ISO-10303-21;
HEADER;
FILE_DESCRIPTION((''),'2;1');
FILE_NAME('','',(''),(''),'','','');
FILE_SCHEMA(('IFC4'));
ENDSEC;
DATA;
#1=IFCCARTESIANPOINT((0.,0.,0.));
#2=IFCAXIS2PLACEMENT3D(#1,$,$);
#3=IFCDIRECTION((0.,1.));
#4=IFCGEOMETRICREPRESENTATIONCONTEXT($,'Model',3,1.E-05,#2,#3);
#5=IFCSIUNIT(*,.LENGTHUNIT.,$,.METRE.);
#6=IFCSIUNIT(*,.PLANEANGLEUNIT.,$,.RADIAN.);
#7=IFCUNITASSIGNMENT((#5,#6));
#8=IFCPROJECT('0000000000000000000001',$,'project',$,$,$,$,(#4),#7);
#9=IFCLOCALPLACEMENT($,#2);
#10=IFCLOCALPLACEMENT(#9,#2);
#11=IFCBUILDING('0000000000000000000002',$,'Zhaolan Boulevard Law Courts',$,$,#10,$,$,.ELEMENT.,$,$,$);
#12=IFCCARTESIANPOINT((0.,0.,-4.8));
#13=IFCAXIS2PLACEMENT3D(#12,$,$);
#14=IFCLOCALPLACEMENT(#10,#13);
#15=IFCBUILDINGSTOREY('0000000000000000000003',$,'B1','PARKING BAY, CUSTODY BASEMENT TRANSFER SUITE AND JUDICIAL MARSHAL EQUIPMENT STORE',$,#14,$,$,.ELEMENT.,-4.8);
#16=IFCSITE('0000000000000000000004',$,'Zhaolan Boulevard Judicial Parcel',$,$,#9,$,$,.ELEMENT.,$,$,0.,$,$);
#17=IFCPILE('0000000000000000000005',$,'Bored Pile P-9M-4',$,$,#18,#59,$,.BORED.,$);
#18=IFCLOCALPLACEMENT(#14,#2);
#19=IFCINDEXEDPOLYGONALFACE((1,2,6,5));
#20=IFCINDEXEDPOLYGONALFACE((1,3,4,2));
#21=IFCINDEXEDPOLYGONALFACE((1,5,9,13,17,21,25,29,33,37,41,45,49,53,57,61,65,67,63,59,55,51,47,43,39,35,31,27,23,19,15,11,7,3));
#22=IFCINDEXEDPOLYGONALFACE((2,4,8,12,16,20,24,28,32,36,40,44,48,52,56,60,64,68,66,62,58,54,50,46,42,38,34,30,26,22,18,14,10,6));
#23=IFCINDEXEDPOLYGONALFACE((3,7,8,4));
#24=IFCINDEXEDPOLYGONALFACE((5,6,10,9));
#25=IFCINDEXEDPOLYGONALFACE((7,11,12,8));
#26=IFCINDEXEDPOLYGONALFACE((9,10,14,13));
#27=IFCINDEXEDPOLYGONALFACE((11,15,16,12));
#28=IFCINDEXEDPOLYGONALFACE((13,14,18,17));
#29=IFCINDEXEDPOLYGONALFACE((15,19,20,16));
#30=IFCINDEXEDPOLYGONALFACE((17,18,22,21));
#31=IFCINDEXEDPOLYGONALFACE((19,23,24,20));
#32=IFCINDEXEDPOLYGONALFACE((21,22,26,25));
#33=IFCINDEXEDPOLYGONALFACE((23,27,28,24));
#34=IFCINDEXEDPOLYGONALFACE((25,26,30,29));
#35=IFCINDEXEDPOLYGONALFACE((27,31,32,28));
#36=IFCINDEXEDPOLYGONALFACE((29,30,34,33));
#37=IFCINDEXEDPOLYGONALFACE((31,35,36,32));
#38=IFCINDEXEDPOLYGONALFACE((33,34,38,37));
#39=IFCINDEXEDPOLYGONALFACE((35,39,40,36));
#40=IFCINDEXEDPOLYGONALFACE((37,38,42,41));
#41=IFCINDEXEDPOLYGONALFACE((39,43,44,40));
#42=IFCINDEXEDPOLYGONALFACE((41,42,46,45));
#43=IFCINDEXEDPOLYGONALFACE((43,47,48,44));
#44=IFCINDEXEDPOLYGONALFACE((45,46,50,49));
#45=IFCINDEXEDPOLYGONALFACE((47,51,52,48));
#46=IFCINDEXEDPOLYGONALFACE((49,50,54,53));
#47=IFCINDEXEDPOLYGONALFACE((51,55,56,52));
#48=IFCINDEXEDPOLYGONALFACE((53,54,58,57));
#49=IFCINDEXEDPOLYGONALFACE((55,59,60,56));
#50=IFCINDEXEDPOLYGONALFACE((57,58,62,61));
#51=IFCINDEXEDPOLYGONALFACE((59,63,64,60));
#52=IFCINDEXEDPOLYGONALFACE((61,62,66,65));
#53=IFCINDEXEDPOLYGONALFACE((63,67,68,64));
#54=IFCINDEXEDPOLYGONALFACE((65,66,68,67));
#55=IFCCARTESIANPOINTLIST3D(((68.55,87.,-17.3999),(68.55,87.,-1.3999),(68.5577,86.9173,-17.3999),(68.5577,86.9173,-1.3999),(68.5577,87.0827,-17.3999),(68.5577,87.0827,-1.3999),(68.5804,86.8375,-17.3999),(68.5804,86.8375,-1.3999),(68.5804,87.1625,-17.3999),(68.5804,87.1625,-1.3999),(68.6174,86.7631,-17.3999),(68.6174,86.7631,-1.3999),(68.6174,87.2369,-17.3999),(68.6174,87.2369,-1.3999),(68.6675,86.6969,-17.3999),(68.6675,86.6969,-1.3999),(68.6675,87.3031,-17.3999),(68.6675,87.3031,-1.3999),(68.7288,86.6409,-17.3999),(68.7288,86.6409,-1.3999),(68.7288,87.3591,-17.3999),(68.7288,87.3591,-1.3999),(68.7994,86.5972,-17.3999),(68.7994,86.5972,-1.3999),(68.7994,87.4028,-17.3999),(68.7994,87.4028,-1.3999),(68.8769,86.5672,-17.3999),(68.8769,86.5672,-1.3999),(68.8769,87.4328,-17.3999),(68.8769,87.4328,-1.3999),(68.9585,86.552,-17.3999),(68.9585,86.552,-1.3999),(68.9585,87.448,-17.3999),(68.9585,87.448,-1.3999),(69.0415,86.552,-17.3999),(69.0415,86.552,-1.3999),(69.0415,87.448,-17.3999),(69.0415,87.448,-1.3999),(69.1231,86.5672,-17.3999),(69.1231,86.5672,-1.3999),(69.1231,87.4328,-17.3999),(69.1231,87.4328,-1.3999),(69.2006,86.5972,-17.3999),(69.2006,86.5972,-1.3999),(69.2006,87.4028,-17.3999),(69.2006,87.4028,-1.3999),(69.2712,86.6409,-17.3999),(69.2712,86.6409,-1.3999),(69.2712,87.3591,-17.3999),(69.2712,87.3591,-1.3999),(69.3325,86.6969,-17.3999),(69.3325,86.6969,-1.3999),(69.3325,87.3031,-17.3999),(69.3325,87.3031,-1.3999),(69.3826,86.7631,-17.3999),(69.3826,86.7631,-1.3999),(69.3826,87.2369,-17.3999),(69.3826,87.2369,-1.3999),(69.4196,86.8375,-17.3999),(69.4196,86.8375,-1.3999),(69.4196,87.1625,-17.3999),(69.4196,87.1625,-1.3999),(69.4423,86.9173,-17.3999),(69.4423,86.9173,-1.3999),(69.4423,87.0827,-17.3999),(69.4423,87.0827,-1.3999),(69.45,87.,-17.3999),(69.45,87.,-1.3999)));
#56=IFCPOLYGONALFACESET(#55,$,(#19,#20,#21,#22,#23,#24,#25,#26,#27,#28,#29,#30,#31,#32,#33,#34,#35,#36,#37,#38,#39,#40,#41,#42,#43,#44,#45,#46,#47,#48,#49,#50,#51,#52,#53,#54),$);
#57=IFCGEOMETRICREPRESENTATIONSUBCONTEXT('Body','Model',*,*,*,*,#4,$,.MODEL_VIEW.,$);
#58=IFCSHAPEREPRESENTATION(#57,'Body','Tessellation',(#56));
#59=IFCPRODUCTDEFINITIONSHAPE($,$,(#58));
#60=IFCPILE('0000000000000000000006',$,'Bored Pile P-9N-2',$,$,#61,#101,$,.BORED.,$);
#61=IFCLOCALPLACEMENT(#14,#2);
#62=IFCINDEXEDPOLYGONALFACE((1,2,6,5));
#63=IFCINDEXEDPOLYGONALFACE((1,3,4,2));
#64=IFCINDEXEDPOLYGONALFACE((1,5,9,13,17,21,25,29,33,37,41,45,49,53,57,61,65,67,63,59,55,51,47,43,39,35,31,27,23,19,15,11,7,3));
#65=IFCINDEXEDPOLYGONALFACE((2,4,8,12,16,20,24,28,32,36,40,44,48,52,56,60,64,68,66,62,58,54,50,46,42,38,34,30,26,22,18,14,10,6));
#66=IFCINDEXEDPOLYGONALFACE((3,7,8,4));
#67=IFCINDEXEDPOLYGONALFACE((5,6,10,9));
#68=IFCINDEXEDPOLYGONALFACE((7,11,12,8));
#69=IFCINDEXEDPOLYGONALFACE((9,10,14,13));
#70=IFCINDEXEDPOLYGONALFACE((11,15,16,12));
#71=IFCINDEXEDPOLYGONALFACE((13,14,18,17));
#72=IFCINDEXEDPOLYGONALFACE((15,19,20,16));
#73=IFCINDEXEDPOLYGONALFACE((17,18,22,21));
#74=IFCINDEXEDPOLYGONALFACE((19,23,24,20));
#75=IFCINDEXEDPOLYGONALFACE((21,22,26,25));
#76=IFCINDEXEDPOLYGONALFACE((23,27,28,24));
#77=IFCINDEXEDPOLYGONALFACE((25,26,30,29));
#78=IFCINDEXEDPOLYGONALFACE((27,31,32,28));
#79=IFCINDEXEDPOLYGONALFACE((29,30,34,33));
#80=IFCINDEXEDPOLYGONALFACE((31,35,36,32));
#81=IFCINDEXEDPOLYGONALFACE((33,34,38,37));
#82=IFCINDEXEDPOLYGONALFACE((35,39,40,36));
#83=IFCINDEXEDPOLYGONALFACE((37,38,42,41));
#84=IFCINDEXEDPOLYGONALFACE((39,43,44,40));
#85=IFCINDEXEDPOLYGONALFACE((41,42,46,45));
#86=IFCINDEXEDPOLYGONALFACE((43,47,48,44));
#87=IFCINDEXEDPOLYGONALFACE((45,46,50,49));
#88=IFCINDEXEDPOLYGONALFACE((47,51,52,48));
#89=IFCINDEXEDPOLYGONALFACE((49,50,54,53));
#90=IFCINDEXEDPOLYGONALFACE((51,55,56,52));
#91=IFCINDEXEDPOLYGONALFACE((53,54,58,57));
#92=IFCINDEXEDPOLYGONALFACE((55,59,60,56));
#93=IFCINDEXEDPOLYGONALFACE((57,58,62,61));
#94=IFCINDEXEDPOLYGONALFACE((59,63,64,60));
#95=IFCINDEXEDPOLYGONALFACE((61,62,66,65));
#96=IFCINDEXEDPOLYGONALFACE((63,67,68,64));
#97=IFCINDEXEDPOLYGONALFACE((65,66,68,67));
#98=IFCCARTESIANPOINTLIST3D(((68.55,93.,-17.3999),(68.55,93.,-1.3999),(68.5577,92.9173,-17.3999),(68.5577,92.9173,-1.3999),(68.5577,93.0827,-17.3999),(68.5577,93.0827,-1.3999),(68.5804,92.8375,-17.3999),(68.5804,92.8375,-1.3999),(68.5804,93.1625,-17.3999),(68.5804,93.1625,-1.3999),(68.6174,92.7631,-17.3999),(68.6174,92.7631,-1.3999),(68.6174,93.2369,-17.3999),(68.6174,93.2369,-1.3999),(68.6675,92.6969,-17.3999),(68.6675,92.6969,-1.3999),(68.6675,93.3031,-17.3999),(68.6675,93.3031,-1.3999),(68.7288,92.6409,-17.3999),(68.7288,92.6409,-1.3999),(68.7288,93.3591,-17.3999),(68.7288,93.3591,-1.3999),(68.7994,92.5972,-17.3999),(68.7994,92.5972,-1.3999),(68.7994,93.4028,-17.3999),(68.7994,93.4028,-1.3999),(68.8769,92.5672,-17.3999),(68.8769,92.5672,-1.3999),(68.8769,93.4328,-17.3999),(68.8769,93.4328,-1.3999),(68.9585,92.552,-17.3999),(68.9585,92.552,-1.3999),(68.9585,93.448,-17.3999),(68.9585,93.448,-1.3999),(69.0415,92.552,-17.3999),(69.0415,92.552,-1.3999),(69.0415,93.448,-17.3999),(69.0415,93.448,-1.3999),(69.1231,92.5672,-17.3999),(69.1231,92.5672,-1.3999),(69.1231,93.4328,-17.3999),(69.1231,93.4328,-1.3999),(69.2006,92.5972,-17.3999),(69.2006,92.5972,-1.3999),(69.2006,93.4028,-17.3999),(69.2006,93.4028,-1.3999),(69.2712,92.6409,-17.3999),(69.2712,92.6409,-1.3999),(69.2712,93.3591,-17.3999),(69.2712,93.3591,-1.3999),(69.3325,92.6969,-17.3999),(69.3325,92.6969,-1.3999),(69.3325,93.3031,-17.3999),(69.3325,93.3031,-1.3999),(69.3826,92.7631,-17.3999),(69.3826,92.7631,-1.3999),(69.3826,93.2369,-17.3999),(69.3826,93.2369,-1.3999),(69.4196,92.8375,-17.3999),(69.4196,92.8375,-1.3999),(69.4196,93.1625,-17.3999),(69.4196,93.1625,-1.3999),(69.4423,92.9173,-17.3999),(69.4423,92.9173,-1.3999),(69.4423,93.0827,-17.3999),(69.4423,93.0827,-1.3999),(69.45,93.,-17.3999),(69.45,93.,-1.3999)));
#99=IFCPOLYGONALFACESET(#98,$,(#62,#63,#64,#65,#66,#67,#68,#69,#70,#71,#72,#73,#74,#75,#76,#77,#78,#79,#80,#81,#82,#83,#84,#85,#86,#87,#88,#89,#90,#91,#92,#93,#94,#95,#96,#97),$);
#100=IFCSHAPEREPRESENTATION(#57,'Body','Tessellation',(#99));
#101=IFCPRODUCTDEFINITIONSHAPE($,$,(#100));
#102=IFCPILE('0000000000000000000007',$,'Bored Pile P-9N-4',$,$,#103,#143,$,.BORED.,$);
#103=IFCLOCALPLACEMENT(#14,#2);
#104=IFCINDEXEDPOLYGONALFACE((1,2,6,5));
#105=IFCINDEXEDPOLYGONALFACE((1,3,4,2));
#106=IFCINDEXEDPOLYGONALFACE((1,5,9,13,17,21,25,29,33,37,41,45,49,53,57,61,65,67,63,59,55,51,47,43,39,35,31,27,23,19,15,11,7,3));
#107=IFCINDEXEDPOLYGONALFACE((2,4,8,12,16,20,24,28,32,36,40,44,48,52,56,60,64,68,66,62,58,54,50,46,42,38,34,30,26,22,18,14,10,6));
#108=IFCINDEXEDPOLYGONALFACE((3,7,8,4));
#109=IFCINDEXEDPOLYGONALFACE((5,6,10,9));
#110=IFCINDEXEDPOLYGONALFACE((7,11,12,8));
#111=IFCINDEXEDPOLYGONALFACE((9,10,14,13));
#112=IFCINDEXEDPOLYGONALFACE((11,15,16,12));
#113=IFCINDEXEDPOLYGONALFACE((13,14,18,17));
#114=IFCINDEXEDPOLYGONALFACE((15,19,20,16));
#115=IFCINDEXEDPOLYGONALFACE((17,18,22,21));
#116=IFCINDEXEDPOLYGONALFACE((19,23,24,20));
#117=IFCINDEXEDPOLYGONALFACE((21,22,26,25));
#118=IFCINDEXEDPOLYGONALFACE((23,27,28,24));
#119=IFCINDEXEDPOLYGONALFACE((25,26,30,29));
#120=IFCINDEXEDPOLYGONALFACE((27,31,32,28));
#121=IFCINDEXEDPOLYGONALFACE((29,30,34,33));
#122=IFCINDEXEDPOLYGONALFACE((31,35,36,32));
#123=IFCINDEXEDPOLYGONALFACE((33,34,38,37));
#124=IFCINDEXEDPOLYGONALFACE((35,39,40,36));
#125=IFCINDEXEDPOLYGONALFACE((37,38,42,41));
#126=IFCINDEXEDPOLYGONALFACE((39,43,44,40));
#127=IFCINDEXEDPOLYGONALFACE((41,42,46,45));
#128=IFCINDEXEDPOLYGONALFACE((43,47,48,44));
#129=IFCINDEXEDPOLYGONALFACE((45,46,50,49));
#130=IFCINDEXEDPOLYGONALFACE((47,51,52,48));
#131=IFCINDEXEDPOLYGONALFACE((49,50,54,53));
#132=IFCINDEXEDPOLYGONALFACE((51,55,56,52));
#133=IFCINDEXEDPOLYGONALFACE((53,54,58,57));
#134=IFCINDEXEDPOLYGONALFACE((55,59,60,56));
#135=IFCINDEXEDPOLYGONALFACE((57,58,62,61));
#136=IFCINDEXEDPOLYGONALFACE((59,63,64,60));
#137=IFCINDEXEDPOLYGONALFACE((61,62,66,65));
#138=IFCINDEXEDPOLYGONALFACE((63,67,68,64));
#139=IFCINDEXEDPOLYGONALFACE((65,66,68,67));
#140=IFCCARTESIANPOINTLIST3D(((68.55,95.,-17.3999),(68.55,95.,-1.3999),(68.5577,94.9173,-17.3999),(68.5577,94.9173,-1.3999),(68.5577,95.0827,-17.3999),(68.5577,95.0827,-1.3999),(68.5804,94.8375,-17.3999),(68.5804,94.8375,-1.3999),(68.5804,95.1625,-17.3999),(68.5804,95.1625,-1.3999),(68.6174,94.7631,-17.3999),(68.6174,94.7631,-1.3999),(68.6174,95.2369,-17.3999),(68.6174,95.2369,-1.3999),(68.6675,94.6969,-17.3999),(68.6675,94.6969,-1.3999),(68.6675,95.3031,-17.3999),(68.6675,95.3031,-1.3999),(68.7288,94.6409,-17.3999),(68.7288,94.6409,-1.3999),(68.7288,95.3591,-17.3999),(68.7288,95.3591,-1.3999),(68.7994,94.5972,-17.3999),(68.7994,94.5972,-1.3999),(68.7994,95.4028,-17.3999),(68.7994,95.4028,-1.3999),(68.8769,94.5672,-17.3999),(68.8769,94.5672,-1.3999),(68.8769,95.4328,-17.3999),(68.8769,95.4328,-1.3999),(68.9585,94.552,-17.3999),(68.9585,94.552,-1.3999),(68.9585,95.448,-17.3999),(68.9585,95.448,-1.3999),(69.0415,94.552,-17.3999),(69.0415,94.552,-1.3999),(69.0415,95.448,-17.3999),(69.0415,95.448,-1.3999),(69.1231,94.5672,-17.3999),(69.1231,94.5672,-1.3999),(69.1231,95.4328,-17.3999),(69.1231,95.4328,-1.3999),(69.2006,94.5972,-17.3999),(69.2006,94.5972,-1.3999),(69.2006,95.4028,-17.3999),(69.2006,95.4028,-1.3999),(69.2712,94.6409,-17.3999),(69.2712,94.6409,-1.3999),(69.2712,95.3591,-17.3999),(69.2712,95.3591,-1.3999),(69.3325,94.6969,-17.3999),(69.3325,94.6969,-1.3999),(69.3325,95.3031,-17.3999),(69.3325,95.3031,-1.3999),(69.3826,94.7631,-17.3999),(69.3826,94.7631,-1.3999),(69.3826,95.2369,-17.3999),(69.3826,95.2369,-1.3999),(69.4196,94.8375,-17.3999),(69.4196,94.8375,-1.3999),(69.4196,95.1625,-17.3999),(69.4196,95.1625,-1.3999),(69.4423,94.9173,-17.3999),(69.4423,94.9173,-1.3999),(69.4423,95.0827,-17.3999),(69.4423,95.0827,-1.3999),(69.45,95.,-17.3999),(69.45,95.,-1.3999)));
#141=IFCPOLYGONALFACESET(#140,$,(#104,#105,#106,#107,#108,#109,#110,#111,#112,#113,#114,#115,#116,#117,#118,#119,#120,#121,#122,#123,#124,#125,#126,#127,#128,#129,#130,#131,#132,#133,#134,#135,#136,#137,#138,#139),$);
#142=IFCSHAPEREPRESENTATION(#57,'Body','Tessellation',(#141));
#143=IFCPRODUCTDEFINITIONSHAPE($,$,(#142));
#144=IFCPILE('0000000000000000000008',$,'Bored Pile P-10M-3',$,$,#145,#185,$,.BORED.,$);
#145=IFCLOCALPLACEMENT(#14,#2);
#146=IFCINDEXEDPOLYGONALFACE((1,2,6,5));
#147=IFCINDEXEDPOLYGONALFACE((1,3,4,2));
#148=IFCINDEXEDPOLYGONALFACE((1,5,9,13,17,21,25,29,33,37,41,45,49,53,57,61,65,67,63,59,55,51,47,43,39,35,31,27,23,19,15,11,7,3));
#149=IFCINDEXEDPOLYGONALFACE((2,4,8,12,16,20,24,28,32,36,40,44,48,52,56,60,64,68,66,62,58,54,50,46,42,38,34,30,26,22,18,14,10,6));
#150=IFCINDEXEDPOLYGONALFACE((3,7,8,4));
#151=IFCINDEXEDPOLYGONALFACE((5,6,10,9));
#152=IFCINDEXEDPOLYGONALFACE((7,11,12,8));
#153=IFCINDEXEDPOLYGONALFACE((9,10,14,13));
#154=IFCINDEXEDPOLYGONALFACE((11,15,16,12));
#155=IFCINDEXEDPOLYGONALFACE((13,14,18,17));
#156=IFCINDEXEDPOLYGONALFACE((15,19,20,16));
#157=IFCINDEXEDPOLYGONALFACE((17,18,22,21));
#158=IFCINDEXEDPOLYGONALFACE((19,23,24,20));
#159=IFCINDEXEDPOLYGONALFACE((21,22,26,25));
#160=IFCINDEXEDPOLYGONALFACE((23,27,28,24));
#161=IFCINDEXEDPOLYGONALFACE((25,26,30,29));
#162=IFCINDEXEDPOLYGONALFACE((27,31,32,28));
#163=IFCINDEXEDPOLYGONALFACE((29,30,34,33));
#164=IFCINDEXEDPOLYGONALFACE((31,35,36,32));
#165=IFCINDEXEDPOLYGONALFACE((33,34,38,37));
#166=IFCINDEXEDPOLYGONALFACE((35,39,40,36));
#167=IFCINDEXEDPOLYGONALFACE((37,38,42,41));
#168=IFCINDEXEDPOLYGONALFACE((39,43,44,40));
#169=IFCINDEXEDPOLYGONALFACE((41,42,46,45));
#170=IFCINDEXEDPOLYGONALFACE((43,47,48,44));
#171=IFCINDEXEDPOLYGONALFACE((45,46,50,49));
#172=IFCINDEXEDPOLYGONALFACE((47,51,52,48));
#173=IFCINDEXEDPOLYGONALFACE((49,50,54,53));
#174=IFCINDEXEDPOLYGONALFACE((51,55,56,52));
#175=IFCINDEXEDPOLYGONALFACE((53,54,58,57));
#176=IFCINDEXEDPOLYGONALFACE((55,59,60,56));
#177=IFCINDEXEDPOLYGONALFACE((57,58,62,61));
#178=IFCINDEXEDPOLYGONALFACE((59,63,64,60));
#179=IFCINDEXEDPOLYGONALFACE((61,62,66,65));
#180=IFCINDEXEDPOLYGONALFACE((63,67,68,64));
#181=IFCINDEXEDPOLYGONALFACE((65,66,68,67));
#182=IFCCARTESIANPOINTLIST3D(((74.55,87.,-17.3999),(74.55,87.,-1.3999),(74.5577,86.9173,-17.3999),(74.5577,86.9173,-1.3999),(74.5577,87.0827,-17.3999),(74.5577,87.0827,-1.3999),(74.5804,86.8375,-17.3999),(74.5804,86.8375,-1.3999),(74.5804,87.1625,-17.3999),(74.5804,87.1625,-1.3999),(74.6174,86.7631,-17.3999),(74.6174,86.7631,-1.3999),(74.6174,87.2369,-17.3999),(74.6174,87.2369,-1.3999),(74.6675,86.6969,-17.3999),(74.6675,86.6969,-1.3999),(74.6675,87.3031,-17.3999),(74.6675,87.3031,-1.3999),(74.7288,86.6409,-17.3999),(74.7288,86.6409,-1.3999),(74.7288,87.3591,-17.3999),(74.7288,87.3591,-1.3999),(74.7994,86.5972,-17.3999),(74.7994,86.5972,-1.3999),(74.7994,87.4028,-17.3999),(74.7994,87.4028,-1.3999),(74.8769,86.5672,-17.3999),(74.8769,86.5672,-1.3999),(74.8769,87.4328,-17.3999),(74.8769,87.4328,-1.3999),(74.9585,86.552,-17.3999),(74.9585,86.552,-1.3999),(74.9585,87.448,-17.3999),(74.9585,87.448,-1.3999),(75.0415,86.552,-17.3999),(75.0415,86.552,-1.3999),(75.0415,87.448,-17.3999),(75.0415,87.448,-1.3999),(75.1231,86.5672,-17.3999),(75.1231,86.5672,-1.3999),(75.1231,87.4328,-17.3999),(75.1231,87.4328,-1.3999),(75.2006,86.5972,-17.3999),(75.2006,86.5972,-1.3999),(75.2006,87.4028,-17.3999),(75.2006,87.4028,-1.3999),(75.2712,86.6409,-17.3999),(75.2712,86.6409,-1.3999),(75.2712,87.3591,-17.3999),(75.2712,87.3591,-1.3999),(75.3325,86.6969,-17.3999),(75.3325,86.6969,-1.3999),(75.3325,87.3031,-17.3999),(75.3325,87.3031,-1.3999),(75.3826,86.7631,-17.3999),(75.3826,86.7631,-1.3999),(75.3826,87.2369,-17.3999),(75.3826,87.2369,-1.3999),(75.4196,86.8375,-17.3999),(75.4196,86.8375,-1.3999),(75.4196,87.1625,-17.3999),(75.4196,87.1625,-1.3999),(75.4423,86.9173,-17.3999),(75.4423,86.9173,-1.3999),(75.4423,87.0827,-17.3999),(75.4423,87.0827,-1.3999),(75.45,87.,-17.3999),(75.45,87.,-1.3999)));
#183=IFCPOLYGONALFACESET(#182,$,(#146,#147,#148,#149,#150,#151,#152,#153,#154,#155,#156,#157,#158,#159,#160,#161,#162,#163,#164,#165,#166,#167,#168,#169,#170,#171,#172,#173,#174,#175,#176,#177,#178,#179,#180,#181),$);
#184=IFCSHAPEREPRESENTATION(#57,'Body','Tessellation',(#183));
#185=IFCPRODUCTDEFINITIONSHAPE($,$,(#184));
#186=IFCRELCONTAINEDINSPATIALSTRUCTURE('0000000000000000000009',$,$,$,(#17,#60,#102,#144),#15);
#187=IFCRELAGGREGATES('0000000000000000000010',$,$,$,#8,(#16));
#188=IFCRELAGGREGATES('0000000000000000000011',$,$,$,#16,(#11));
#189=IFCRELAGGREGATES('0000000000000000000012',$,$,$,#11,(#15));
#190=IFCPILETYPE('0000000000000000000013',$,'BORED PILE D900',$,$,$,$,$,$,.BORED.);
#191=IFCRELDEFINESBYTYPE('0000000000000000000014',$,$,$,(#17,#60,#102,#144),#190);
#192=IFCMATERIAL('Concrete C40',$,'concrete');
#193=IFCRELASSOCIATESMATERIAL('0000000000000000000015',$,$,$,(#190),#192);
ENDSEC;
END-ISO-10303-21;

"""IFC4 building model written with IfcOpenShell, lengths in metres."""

from ifc_helpers import new_model, si_unit, direction, frame, origin, origin_2d, place, context, subcontext, project, spatial, circle, extrude, material, material_profile, profile_set, type_object, element, save


model = new_model("IFC4")

# Units and contexts
model_context = context("Model", 3, precision=1e-05, world=origin(), true_north=direction((0.0, 1.0)))
body_context = subcontext(model_context, "Body", "Model", "MODEL_VIEW")
ifc_project = project(units=[si_unit("LENGTHUNIT", "METRE"), si_unit("PLANEANGLEUNIT", "RADIAN")], contexts=[model_context])

# Site, building, storey
site_placement = place(None, origin())
site = spatial("IfcSite", under=ifc_project, at=site_placement, Name="Zhaolan Boulevard Judicial Parcel", CompositionType="ELEMENT", RefElevation=0.0)
building_placement = place(site_placement, origin())
building = spatial("IfcBuilding", under=site, at=building_placement, Name="Zhaolan Boulevard Law Courts", CompositionType="ELEMENT")
storey_placement = place(building_placement, frame((0.0, 0.0, -4.8)))
storey = spatial("IfcBuildingStorey", under=building, at=storey_placement, Name="B1", Description="PARKING BAY, CUSTODY BASEMENT TRANSFER SUITE AND JUDICIAL MARSHAL EQUIPMENT STORE", CompositionType="ELEMENT", Elevation=-4.8)

# Piles
ifc_material_1 = material(Name="Concrete C40", Category="concrete")
ifc_material_profile_1 = material_profile(ifc_material_1, circle(Radius=0.45, at=origin_2d()), Name="PILE-D900")
ifc_profile_set_1 = profile_set([ifc_material_profile_1], Name="Concrete C40")
pile_type = type_object("IfcPileType", Name="BORED PILE D900", PredefinedType="BORED", material=ifc_profile_set_1)
for number, where, z_axis, x_axis, name in (
    (1, (69.0, 87.0, -1.3999), (0.0, 0.0, -1.0), (1.0, 0.0, 0.0), "Bored Pile P-9M-4"),
    (2, (69.0, 93.0, -1.3999), (0.0, 0.0, -1.0), (1.0, 0.0, 0.0), "Bored Pile P-9N-2"),
    (3, (69.0, 95.0, -1.3999), (0.0, 0.0, -1.0), (1.0, 0.0, 0.0), "Bored Pile P-9N-4"),
    (4, (75.0, 87.0, -1.3999), (0.0, 0.0, -1.0), (1.0, 0.0, 0.0), "Bored Pile P-10M-3"),
):
    element("IfcPile", number, at=place(storey_placement, frame(where, z_axis=z_axis, x_axis=x_axis)), inside=storey, type_object=pile_type, Name=name, PredefinedType="BORED", context=body_context, shape_type="SweptSolid", body=[
        extrude(circle(Radius=0.45, at=origin_2d()), origin(), (0.0, 0.0, 1.0), 16.0),
    ])

save(model, "model.ifc")
